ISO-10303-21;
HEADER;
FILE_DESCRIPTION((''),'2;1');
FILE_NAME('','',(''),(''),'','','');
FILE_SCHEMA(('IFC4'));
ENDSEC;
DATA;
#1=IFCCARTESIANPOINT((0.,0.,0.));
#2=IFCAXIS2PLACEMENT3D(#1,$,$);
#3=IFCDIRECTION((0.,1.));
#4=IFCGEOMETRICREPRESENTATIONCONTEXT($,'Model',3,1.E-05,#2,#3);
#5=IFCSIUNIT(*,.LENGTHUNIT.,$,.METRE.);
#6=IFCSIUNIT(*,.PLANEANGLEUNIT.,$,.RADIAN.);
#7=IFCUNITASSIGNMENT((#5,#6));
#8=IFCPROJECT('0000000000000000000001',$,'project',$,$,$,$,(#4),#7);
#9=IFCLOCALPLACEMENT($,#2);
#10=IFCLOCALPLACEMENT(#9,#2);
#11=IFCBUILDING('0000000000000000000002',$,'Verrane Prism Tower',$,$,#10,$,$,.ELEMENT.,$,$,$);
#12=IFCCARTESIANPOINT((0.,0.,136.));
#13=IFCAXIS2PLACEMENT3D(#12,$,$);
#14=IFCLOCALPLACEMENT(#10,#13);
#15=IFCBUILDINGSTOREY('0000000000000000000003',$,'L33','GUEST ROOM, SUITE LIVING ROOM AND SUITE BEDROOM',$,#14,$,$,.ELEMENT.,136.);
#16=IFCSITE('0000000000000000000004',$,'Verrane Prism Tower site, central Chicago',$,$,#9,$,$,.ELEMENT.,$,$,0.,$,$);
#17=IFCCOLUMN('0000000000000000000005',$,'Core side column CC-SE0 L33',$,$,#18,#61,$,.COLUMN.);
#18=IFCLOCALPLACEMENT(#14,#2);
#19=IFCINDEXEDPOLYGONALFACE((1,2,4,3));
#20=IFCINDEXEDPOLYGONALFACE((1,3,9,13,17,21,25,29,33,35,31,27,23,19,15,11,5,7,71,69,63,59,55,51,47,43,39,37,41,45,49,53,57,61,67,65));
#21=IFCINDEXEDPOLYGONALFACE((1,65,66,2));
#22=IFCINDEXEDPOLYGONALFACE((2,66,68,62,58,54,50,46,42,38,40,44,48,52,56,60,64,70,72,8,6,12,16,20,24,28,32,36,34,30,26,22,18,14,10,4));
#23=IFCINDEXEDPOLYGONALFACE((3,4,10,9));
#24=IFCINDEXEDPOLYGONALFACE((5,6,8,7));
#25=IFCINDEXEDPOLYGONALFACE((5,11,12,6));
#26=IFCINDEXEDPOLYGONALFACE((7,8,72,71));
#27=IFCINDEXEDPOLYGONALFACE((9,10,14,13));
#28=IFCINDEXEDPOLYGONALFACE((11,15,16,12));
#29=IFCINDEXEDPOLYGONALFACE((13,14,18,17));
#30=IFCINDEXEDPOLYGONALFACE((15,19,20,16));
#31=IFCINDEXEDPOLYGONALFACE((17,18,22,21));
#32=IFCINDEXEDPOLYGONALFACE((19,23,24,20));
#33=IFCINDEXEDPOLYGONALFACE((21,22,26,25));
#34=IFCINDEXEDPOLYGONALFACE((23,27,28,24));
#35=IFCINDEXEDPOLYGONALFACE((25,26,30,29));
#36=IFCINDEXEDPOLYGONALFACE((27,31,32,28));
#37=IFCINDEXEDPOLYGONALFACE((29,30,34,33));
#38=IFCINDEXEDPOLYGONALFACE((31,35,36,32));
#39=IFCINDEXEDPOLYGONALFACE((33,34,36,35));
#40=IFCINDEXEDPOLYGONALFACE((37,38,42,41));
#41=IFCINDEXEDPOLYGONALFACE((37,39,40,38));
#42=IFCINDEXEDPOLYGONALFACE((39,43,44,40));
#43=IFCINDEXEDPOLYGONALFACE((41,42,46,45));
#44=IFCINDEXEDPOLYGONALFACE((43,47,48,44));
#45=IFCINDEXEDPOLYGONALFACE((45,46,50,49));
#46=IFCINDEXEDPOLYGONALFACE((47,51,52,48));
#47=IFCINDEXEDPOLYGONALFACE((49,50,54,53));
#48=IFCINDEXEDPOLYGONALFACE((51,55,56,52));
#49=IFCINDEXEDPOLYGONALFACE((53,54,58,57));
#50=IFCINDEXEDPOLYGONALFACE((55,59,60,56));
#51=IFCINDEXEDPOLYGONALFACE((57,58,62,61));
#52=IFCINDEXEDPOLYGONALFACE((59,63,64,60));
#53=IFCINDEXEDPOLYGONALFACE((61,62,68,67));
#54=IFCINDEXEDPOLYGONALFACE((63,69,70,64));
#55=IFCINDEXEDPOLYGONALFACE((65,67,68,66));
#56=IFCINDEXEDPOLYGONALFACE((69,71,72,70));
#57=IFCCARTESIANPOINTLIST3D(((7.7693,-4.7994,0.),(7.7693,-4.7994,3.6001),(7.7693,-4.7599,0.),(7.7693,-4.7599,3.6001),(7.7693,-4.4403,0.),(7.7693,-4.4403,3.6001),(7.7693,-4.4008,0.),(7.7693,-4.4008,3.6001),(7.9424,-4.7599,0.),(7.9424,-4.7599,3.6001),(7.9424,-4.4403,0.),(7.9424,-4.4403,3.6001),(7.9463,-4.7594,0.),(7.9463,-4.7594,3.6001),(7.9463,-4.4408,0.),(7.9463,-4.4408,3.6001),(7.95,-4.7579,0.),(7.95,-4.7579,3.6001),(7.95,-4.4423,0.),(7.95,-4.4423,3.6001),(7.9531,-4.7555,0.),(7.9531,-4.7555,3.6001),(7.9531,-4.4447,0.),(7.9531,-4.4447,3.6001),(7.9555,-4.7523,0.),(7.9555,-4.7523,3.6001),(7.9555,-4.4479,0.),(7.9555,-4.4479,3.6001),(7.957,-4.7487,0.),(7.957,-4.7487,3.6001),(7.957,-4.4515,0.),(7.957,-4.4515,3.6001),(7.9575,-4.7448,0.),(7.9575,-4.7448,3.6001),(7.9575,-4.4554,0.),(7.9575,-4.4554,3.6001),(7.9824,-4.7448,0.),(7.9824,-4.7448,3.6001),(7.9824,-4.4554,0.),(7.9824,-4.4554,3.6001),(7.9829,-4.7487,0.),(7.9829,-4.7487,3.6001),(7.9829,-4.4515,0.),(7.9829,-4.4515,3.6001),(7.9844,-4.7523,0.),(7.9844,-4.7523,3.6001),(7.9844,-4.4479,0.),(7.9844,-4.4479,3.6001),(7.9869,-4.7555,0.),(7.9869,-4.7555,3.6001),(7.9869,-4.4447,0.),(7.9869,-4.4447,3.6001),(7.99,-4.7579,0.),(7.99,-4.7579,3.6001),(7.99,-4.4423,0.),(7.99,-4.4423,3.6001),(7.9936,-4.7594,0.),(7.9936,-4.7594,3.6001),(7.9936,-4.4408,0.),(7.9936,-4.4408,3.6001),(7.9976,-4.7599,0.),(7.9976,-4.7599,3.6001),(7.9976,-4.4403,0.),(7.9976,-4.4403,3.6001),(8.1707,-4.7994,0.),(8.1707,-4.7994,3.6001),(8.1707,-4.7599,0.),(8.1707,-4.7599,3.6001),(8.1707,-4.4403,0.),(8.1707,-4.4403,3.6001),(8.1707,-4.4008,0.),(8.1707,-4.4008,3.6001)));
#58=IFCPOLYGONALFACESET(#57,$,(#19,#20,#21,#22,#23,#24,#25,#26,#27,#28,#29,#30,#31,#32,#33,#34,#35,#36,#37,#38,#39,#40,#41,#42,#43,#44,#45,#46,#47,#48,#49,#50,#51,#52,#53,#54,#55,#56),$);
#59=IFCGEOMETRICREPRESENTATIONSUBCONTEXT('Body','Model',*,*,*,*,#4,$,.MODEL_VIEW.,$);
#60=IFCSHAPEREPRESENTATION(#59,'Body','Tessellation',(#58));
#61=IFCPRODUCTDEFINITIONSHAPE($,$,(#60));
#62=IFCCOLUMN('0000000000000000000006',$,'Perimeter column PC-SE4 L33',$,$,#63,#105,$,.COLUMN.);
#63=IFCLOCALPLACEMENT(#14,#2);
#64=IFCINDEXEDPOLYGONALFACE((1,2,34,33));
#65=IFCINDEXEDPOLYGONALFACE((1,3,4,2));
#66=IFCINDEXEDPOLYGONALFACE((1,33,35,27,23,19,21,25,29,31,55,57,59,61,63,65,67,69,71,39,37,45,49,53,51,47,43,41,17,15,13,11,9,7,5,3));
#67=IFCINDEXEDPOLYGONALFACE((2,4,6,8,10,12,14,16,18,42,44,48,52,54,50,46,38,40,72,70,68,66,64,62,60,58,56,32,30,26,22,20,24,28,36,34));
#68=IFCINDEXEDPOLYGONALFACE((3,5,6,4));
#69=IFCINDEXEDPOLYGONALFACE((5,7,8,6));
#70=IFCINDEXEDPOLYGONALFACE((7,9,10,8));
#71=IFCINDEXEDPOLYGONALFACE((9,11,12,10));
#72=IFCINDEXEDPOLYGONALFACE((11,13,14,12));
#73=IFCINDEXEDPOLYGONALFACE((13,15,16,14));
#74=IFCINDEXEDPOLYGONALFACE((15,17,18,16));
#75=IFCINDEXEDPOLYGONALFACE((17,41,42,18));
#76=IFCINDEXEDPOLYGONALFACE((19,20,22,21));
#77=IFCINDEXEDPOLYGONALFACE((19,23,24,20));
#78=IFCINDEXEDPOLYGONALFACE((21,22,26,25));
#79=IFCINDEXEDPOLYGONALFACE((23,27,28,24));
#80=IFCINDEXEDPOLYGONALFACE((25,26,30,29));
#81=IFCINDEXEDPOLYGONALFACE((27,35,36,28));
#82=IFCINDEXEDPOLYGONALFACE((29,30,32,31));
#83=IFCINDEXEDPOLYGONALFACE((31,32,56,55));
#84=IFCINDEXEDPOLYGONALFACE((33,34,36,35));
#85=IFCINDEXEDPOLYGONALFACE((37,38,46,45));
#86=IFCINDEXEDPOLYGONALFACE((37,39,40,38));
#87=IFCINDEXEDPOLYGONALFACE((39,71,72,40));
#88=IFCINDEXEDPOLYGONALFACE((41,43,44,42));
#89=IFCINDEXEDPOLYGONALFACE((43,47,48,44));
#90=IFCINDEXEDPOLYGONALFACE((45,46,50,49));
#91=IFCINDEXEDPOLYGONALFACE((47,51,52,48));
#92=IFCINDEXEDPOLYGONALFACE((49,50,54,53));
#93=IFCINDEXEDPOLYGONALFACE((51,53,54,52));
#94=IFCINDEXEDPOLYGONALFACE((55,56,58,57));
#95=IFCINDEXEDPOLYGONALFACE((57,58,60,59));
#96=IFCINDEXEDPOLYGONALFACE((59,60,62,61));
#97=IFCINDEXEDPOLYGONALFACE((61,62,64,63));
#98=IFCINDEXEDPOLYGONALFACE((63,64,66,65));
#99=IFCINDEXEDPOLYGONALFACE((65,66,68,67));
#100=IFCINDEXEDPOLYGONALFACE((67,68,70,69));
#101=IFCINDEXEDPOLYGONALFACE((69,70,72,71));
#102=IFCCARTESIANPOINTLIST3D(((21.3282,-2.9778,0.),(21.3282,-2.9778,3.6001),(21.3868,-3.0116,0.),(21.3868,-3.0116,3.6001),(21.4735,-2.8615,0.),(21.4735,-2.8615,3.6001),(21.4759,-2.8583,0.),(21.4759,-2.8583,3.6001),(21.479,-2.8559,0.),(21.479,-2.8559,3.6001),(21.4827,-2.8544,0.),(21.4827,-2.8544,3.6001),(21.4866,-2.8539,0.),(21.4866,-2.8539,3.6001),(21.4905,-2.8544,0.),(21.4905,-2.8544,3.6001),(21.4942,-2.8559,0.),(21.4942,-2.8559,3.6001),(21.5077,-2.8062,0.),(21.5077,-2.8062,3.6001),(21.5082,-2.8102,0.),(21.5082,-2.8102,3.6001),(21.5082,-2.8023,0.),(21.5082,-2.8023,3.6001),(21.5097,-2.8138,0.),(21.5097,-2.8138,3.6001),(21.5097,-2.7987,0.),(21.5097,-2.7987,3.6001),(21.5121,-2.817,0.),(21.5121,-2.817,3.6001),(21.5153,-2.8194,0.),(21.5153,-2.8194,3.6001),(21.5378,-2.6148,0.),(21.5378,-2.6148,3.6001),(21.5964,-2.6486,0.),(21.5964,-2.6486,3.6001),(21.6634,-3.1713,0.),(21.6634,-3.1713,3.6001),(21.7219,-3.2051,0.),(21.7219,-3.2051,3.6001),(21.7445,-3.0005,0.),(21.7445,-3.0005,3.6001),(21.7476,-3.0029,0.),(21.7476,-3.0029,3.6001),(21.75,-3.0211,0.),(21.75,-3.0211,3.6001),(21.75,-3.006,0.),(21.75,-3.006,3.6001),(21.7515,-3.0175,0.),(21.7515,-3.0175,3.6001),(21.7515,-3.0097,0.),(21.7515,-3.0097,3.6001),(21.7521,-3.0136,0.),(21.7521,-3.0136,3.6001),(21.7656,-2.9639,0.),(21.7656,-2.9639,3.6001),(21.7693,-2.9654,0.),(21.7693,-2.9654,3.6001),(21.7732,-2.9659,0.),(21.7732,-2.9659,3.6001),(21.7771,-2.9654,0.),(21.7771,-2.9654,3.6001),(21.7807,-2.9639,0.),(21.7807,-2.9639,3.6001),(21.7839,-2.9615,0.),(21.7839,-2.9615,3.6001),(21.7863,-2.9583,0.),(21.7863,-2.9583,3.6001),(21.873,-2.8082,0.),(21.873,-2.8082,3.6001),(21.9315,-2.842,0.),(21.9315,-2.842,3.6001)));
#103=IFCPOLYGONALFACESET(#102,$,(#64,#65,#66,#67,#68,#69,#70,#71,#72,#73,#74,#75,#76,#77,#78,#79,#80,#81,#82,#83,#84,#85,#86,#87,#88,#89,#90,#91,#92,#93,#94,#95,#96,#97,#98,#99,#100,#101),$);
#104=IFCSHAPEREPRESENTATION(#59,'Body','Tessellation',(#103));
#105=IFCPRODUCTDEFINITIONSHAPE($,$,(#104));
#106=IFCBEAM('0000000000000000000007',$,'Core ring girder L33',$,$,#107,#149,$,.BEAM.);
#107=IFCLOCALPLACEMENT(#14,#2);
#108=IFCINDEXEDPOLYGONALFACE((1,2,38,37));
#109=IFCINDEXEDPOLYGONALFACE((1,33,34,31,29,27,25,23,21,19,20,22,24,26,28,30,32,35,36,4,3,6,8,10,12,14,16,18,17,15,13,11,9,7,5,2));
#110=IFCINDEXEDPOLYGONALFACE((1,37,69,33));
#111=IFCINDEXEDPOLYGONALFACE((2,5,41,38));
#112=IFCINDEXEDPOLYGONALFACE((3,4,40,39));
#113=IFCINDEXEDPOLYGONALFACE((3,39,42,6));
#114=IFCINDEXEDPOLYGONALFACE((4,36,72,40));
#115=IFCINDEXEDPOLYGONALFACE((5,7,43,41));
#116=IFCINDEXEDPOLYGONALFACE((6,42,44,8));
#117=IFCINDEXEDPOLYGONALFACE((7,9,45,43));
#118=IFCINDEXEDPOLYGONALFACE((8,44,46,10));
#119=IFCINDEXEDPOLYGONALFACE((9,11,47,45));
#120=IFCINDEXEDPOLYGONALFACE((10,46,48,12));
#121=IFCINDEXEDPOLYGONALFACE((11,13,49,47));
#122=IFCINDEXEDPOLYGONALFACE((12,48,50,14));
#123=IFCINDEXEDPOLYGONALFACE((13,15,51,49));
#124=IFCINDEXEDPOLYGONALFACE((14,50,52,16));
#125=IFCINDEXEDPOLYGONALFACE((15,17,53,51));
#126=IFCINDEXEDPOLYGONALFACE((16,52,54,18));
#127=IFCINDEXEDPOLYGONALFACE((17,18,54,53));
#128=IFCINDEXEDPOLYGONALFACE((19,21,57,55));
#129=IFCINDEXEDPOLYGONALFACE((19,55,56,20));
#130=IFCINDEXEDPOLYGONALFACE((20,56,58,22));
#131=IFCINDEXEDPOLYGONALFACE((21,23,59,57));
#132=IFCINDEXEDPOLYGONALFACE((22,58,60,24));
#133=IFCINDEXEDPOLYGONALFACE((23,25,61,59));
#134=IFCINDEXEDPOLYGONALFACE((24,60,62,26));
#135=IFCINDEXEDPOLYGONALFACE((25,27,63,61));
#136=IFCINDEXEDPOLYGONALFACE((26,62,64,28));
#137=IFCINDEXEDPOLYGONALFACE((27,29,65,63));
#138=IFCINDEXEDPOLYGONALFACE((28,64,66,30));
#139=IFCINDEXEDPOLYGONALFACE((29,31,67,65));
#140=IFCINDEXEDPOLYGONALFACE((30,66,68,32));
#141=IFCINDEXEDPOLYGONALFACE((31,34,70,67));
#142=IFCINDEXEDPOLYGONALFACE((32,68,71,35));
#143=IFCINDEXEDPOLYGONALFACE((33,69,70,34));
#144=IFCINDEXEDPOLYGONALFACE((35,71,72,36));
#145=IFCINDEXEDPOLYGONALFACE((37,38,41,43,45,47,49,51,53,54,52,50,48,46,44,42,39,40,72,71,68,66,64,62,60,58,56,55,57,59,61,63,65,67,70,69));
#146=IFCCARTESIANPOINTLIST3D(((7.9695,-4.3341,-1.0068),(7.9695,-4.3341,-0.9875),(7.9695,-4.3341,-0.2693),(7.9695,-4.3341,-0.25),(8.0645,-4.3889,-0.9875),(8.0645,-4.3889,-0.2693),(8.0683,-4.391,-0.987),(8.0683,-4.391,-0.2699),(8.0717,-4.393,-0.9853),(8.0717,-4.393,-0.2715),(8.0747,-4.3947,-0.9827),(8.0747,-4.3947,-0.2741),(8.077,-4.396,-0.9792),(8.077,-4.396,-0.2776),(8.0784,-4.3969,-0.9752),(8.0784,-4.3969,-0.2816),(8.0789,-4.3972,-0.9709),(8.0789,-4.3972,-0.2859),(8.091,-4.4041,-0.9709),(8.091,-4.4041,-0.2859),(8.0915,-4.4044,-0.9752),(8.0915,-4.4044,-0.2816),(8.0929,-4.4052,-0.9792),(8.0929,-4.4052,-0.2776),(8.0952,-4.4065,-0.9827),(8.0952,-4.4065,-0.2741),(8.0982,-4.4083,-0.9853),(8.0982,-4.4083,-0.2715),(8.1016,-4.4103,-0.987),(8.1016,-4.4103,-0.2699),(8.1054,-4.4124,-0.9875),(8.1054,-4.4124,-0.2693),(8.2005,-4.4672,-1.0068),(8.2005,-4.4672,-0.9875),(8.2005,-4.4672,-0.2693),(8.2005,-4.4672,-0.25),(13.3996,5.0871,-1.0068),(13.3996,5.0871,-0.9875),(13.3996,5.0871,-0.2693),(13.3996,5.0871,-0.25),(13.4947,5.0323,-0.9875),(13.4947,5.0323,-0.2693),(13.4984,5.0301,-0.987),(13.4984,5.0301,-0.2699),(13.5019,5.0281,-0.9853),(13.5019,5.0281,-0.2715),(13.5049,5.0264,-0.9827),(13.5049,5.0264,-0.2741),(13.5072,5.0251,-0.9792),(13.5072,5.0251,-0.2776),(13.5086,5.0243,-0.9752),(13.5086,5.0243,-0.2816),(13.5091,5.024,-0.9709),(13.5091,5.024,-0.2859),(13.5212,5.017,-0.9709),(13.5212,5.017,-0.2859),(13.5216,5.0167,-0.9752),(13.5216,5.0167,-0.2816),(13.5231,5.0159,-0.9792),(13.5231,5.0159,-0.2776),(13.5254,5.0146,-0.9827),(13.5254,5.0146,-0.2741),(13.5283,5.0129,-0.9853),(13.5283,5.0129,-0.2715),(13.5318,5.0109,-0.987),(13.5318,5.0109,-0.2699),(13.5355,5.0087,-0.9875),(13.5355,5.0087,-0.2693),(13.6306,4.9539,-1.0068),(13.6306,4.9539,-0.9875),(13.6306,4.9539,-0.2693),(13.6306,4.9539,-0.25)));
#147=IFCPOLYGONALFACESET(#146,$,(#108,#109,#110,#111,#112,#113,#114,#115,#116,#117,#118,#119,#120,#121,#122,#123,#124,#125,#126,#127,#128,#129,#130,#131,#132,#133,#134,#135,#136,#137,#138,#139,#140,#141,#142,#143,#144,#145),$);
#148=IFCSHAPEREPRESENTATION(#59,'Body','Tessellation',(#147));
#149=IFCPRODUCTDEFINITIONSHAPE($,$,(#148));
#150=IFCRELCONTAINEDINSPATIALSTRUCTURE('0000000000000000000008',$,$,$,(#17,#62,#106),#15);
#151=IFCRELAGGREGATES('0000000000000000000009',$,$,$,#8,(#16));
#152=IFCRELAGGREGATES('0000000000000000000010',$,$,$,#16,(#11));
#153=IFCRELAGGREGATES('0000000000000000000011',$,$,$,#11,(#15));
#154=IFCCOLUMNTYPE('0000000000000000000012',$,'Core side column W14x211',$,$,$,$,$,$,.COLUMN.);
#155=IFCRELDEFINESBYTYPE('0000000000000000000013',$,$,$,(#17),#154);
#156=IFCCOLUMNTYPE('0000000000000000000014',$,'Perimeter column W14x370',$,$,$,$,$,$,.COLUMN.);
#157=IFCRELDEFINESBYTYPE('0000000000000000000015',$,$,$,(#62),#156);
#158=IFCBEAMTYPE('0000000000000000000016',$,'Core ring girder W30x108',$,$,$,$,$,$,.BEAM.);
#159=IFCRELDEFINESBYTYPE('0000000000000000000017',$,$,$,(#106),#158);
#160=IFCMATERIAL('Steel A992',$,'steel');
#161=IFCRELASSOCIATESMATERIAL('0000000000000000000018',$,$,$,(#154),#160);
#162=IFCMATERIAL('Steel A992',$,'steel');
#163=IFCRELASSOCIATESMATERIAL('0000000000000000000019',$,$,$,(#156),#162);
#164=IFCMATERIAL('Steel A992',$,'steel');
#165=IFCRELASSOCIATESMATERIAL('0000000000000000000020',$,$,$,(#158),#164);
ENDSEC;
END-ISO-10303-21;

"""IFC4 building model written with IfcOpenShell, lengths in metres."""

from ifc_helpers import new_model, si_unit, direction, frame, origin, origin_2d, place, context, subcontext, project, spatial, i_section, extrude, material, material_profile, profile_set, type_object, element, save


model = new_model("IFC4")

# Units and contexts
model_context = context("Model", 3, precision=1e-05, world=origin(), true_north=direction((0.0, 1.0)))
body_context = subcontext(model_context, "Body", "Model", "MODEL_VIEW")
ifc_project = project(units=[si_unit("LENGTHUNIT", "METRE"), si_unit("PLANEANGLEUNIT", "RADIAN")], contexts=[model_context])

# Site, building, storey
site_placement = place(None, origin())
site = spatial("IfcSite", under=ifc_project, at=site_placement, Name="Verrane Prism Tower site, central Chicago", CompositionType="ELEMENT", RefElevation=0.0)
building_placement = place(site_placement, origin())
building = spatial("IfcBuilding", under=site, at=building_placement, Name="Verrane Prism Tower", CompositionType="ELEMENT")
storey_placement = place(building_placement, frame((0.0, 0.0, 136.0)))
storey = spatial("IfcBuildingStorey", under=building, at=storey_placement, Name="L33", Description="GUEST ROOM, SUITE LIVING ROOM AND SUITE BEDROOM", CompositionType="ELEMENT", Elevation=136.0)

# Columns
ifc_material_1 = material(Name="Steel A992", Category="steel")
ifc_material_profile_1 = material_profile(ifc_material_1, i_section(OverallWidth=0.4014, OverallDepth=0.3987, WebThickness=0.0249, FlangeThickness=0.0396, FilletRadius=0.0151, at=origin_2d()), Name="W14x211")
ifc_profile_set_1 = profile_set([ifc_material_profile_1], Name="Steel A992")
column_type_1 = type_object("IfcColumnType", Name="Core side column W14x211", PredefinedType="COLUMN", material=ifc_profile_set_1)
column_1_placement = place(storey_placement, frame((7.97, -4.6001, 0.0), z_axis=(0.0, 0.0, 1.0), x_axis=(1.0, 0.0, 0.0)))
element("IfcColumn", 1, at=column_1_placement, inside=storey, type_object=column_type_1, Name="Core side column CC-SE0 L33", PredefinedType="COLUMN", context=body_context, shape_type="SweptSolid", body=[
    extrude(i_section(OverallWidth=0.4014, OverallDepth=0.3987, WebThickness=0.0249, FlangeThickness=0.0396, FilletRadius=0.0151, at=origin_2d()), origin(), (0.0, 0.0, 1.0), 3.6001),
])
ifc_material_2 = material(Name="Steel A992", Category="steel")
ifc_material_profile_2 = material_profile(ifc_material_2, i_section(OverallWidth=0.4192, OverallDepth=0.4546, WebThickness=0.0422, FlangeThickness=0.0676, FilletRadius=0.0151, at=origin_2d()), Name="W14x370")
ifc_profile_set_2 = profile_set([ifc_material_profile_2], Name="Steel A992")
column_type_2 = type_object("IfcColumnType", Name="Perimeter column W14x370", PredefinedType="COLUMN", material=ifc_profile_set_2)
column_2_placement = place(storey_placement, frame((21.6299, -2.9099, 0.0), z_axis=(0.0, 0.0, 1.0), x_axis=(-0.5, -0.866025, 0.0)))
element("IfcColumn", 2, at=column_2_placement, inside=storey, type_object=column_type_2, Name="Perimeter column PC-SE4 L33", PredefinedType="COLUMN", context=body_context, shape_type="SweptSolid", body=[
    extrude(i_section(OverallWidth=0.4192, OverallDepth=0.4546, WebThickness=0.0422, FlangeThickness=0.0676, FilletRadius=0.0151, at=origin_2d()), origin(), (0.0, 0.0, 1.0), 3.6001),
])

# Beam
ifc_material_3 = material(Name="Steel A992", Category="steel")
ifc_material_profile_3 = material_profile(ifc_material_3, i_section(OverallWidth=0.2666, OverallDepth=0.7568, WebThickness=0.0139, FlangeThickness=0.0193, FilletRadius=0.0166, at=origin_2d()), Name="W30x108")
ifc_profile_set_3 = profile_set([ifc_material_profile_3], Name="Steel A992")
beam_type_1 = type_object("IfcBeamType", Name="Core ring girder W30x108", PredefinedType="BEAM", material=ifc_profile_set_3)
beam_1_placement = place(storey_placement, frame((8.085, -4.4006, -0.6284), z_axis=(0.499371, 0.866388, 0.0), x_axis=(-0.866388, 0.499371, 0.0)))
element("IfcBeam", 3, at=beam_1_placement, inside=storey, type_object=beam_type_1, Name="Core ring girder L33", PredefinedType="BEAM", context=body_context, shape_type="SweptSolid", body=[
    extrude(i_section(OverallWidth=0.2666, OverallDepth=0.7568, WebThickness=0.0139, FlangeThickness=0.0193, FilletRadius=0.0166, at=origin_2d()), origin(), (0.0, 0.0, 1.0), 10.874),
])

save(model, "model.ifc")
